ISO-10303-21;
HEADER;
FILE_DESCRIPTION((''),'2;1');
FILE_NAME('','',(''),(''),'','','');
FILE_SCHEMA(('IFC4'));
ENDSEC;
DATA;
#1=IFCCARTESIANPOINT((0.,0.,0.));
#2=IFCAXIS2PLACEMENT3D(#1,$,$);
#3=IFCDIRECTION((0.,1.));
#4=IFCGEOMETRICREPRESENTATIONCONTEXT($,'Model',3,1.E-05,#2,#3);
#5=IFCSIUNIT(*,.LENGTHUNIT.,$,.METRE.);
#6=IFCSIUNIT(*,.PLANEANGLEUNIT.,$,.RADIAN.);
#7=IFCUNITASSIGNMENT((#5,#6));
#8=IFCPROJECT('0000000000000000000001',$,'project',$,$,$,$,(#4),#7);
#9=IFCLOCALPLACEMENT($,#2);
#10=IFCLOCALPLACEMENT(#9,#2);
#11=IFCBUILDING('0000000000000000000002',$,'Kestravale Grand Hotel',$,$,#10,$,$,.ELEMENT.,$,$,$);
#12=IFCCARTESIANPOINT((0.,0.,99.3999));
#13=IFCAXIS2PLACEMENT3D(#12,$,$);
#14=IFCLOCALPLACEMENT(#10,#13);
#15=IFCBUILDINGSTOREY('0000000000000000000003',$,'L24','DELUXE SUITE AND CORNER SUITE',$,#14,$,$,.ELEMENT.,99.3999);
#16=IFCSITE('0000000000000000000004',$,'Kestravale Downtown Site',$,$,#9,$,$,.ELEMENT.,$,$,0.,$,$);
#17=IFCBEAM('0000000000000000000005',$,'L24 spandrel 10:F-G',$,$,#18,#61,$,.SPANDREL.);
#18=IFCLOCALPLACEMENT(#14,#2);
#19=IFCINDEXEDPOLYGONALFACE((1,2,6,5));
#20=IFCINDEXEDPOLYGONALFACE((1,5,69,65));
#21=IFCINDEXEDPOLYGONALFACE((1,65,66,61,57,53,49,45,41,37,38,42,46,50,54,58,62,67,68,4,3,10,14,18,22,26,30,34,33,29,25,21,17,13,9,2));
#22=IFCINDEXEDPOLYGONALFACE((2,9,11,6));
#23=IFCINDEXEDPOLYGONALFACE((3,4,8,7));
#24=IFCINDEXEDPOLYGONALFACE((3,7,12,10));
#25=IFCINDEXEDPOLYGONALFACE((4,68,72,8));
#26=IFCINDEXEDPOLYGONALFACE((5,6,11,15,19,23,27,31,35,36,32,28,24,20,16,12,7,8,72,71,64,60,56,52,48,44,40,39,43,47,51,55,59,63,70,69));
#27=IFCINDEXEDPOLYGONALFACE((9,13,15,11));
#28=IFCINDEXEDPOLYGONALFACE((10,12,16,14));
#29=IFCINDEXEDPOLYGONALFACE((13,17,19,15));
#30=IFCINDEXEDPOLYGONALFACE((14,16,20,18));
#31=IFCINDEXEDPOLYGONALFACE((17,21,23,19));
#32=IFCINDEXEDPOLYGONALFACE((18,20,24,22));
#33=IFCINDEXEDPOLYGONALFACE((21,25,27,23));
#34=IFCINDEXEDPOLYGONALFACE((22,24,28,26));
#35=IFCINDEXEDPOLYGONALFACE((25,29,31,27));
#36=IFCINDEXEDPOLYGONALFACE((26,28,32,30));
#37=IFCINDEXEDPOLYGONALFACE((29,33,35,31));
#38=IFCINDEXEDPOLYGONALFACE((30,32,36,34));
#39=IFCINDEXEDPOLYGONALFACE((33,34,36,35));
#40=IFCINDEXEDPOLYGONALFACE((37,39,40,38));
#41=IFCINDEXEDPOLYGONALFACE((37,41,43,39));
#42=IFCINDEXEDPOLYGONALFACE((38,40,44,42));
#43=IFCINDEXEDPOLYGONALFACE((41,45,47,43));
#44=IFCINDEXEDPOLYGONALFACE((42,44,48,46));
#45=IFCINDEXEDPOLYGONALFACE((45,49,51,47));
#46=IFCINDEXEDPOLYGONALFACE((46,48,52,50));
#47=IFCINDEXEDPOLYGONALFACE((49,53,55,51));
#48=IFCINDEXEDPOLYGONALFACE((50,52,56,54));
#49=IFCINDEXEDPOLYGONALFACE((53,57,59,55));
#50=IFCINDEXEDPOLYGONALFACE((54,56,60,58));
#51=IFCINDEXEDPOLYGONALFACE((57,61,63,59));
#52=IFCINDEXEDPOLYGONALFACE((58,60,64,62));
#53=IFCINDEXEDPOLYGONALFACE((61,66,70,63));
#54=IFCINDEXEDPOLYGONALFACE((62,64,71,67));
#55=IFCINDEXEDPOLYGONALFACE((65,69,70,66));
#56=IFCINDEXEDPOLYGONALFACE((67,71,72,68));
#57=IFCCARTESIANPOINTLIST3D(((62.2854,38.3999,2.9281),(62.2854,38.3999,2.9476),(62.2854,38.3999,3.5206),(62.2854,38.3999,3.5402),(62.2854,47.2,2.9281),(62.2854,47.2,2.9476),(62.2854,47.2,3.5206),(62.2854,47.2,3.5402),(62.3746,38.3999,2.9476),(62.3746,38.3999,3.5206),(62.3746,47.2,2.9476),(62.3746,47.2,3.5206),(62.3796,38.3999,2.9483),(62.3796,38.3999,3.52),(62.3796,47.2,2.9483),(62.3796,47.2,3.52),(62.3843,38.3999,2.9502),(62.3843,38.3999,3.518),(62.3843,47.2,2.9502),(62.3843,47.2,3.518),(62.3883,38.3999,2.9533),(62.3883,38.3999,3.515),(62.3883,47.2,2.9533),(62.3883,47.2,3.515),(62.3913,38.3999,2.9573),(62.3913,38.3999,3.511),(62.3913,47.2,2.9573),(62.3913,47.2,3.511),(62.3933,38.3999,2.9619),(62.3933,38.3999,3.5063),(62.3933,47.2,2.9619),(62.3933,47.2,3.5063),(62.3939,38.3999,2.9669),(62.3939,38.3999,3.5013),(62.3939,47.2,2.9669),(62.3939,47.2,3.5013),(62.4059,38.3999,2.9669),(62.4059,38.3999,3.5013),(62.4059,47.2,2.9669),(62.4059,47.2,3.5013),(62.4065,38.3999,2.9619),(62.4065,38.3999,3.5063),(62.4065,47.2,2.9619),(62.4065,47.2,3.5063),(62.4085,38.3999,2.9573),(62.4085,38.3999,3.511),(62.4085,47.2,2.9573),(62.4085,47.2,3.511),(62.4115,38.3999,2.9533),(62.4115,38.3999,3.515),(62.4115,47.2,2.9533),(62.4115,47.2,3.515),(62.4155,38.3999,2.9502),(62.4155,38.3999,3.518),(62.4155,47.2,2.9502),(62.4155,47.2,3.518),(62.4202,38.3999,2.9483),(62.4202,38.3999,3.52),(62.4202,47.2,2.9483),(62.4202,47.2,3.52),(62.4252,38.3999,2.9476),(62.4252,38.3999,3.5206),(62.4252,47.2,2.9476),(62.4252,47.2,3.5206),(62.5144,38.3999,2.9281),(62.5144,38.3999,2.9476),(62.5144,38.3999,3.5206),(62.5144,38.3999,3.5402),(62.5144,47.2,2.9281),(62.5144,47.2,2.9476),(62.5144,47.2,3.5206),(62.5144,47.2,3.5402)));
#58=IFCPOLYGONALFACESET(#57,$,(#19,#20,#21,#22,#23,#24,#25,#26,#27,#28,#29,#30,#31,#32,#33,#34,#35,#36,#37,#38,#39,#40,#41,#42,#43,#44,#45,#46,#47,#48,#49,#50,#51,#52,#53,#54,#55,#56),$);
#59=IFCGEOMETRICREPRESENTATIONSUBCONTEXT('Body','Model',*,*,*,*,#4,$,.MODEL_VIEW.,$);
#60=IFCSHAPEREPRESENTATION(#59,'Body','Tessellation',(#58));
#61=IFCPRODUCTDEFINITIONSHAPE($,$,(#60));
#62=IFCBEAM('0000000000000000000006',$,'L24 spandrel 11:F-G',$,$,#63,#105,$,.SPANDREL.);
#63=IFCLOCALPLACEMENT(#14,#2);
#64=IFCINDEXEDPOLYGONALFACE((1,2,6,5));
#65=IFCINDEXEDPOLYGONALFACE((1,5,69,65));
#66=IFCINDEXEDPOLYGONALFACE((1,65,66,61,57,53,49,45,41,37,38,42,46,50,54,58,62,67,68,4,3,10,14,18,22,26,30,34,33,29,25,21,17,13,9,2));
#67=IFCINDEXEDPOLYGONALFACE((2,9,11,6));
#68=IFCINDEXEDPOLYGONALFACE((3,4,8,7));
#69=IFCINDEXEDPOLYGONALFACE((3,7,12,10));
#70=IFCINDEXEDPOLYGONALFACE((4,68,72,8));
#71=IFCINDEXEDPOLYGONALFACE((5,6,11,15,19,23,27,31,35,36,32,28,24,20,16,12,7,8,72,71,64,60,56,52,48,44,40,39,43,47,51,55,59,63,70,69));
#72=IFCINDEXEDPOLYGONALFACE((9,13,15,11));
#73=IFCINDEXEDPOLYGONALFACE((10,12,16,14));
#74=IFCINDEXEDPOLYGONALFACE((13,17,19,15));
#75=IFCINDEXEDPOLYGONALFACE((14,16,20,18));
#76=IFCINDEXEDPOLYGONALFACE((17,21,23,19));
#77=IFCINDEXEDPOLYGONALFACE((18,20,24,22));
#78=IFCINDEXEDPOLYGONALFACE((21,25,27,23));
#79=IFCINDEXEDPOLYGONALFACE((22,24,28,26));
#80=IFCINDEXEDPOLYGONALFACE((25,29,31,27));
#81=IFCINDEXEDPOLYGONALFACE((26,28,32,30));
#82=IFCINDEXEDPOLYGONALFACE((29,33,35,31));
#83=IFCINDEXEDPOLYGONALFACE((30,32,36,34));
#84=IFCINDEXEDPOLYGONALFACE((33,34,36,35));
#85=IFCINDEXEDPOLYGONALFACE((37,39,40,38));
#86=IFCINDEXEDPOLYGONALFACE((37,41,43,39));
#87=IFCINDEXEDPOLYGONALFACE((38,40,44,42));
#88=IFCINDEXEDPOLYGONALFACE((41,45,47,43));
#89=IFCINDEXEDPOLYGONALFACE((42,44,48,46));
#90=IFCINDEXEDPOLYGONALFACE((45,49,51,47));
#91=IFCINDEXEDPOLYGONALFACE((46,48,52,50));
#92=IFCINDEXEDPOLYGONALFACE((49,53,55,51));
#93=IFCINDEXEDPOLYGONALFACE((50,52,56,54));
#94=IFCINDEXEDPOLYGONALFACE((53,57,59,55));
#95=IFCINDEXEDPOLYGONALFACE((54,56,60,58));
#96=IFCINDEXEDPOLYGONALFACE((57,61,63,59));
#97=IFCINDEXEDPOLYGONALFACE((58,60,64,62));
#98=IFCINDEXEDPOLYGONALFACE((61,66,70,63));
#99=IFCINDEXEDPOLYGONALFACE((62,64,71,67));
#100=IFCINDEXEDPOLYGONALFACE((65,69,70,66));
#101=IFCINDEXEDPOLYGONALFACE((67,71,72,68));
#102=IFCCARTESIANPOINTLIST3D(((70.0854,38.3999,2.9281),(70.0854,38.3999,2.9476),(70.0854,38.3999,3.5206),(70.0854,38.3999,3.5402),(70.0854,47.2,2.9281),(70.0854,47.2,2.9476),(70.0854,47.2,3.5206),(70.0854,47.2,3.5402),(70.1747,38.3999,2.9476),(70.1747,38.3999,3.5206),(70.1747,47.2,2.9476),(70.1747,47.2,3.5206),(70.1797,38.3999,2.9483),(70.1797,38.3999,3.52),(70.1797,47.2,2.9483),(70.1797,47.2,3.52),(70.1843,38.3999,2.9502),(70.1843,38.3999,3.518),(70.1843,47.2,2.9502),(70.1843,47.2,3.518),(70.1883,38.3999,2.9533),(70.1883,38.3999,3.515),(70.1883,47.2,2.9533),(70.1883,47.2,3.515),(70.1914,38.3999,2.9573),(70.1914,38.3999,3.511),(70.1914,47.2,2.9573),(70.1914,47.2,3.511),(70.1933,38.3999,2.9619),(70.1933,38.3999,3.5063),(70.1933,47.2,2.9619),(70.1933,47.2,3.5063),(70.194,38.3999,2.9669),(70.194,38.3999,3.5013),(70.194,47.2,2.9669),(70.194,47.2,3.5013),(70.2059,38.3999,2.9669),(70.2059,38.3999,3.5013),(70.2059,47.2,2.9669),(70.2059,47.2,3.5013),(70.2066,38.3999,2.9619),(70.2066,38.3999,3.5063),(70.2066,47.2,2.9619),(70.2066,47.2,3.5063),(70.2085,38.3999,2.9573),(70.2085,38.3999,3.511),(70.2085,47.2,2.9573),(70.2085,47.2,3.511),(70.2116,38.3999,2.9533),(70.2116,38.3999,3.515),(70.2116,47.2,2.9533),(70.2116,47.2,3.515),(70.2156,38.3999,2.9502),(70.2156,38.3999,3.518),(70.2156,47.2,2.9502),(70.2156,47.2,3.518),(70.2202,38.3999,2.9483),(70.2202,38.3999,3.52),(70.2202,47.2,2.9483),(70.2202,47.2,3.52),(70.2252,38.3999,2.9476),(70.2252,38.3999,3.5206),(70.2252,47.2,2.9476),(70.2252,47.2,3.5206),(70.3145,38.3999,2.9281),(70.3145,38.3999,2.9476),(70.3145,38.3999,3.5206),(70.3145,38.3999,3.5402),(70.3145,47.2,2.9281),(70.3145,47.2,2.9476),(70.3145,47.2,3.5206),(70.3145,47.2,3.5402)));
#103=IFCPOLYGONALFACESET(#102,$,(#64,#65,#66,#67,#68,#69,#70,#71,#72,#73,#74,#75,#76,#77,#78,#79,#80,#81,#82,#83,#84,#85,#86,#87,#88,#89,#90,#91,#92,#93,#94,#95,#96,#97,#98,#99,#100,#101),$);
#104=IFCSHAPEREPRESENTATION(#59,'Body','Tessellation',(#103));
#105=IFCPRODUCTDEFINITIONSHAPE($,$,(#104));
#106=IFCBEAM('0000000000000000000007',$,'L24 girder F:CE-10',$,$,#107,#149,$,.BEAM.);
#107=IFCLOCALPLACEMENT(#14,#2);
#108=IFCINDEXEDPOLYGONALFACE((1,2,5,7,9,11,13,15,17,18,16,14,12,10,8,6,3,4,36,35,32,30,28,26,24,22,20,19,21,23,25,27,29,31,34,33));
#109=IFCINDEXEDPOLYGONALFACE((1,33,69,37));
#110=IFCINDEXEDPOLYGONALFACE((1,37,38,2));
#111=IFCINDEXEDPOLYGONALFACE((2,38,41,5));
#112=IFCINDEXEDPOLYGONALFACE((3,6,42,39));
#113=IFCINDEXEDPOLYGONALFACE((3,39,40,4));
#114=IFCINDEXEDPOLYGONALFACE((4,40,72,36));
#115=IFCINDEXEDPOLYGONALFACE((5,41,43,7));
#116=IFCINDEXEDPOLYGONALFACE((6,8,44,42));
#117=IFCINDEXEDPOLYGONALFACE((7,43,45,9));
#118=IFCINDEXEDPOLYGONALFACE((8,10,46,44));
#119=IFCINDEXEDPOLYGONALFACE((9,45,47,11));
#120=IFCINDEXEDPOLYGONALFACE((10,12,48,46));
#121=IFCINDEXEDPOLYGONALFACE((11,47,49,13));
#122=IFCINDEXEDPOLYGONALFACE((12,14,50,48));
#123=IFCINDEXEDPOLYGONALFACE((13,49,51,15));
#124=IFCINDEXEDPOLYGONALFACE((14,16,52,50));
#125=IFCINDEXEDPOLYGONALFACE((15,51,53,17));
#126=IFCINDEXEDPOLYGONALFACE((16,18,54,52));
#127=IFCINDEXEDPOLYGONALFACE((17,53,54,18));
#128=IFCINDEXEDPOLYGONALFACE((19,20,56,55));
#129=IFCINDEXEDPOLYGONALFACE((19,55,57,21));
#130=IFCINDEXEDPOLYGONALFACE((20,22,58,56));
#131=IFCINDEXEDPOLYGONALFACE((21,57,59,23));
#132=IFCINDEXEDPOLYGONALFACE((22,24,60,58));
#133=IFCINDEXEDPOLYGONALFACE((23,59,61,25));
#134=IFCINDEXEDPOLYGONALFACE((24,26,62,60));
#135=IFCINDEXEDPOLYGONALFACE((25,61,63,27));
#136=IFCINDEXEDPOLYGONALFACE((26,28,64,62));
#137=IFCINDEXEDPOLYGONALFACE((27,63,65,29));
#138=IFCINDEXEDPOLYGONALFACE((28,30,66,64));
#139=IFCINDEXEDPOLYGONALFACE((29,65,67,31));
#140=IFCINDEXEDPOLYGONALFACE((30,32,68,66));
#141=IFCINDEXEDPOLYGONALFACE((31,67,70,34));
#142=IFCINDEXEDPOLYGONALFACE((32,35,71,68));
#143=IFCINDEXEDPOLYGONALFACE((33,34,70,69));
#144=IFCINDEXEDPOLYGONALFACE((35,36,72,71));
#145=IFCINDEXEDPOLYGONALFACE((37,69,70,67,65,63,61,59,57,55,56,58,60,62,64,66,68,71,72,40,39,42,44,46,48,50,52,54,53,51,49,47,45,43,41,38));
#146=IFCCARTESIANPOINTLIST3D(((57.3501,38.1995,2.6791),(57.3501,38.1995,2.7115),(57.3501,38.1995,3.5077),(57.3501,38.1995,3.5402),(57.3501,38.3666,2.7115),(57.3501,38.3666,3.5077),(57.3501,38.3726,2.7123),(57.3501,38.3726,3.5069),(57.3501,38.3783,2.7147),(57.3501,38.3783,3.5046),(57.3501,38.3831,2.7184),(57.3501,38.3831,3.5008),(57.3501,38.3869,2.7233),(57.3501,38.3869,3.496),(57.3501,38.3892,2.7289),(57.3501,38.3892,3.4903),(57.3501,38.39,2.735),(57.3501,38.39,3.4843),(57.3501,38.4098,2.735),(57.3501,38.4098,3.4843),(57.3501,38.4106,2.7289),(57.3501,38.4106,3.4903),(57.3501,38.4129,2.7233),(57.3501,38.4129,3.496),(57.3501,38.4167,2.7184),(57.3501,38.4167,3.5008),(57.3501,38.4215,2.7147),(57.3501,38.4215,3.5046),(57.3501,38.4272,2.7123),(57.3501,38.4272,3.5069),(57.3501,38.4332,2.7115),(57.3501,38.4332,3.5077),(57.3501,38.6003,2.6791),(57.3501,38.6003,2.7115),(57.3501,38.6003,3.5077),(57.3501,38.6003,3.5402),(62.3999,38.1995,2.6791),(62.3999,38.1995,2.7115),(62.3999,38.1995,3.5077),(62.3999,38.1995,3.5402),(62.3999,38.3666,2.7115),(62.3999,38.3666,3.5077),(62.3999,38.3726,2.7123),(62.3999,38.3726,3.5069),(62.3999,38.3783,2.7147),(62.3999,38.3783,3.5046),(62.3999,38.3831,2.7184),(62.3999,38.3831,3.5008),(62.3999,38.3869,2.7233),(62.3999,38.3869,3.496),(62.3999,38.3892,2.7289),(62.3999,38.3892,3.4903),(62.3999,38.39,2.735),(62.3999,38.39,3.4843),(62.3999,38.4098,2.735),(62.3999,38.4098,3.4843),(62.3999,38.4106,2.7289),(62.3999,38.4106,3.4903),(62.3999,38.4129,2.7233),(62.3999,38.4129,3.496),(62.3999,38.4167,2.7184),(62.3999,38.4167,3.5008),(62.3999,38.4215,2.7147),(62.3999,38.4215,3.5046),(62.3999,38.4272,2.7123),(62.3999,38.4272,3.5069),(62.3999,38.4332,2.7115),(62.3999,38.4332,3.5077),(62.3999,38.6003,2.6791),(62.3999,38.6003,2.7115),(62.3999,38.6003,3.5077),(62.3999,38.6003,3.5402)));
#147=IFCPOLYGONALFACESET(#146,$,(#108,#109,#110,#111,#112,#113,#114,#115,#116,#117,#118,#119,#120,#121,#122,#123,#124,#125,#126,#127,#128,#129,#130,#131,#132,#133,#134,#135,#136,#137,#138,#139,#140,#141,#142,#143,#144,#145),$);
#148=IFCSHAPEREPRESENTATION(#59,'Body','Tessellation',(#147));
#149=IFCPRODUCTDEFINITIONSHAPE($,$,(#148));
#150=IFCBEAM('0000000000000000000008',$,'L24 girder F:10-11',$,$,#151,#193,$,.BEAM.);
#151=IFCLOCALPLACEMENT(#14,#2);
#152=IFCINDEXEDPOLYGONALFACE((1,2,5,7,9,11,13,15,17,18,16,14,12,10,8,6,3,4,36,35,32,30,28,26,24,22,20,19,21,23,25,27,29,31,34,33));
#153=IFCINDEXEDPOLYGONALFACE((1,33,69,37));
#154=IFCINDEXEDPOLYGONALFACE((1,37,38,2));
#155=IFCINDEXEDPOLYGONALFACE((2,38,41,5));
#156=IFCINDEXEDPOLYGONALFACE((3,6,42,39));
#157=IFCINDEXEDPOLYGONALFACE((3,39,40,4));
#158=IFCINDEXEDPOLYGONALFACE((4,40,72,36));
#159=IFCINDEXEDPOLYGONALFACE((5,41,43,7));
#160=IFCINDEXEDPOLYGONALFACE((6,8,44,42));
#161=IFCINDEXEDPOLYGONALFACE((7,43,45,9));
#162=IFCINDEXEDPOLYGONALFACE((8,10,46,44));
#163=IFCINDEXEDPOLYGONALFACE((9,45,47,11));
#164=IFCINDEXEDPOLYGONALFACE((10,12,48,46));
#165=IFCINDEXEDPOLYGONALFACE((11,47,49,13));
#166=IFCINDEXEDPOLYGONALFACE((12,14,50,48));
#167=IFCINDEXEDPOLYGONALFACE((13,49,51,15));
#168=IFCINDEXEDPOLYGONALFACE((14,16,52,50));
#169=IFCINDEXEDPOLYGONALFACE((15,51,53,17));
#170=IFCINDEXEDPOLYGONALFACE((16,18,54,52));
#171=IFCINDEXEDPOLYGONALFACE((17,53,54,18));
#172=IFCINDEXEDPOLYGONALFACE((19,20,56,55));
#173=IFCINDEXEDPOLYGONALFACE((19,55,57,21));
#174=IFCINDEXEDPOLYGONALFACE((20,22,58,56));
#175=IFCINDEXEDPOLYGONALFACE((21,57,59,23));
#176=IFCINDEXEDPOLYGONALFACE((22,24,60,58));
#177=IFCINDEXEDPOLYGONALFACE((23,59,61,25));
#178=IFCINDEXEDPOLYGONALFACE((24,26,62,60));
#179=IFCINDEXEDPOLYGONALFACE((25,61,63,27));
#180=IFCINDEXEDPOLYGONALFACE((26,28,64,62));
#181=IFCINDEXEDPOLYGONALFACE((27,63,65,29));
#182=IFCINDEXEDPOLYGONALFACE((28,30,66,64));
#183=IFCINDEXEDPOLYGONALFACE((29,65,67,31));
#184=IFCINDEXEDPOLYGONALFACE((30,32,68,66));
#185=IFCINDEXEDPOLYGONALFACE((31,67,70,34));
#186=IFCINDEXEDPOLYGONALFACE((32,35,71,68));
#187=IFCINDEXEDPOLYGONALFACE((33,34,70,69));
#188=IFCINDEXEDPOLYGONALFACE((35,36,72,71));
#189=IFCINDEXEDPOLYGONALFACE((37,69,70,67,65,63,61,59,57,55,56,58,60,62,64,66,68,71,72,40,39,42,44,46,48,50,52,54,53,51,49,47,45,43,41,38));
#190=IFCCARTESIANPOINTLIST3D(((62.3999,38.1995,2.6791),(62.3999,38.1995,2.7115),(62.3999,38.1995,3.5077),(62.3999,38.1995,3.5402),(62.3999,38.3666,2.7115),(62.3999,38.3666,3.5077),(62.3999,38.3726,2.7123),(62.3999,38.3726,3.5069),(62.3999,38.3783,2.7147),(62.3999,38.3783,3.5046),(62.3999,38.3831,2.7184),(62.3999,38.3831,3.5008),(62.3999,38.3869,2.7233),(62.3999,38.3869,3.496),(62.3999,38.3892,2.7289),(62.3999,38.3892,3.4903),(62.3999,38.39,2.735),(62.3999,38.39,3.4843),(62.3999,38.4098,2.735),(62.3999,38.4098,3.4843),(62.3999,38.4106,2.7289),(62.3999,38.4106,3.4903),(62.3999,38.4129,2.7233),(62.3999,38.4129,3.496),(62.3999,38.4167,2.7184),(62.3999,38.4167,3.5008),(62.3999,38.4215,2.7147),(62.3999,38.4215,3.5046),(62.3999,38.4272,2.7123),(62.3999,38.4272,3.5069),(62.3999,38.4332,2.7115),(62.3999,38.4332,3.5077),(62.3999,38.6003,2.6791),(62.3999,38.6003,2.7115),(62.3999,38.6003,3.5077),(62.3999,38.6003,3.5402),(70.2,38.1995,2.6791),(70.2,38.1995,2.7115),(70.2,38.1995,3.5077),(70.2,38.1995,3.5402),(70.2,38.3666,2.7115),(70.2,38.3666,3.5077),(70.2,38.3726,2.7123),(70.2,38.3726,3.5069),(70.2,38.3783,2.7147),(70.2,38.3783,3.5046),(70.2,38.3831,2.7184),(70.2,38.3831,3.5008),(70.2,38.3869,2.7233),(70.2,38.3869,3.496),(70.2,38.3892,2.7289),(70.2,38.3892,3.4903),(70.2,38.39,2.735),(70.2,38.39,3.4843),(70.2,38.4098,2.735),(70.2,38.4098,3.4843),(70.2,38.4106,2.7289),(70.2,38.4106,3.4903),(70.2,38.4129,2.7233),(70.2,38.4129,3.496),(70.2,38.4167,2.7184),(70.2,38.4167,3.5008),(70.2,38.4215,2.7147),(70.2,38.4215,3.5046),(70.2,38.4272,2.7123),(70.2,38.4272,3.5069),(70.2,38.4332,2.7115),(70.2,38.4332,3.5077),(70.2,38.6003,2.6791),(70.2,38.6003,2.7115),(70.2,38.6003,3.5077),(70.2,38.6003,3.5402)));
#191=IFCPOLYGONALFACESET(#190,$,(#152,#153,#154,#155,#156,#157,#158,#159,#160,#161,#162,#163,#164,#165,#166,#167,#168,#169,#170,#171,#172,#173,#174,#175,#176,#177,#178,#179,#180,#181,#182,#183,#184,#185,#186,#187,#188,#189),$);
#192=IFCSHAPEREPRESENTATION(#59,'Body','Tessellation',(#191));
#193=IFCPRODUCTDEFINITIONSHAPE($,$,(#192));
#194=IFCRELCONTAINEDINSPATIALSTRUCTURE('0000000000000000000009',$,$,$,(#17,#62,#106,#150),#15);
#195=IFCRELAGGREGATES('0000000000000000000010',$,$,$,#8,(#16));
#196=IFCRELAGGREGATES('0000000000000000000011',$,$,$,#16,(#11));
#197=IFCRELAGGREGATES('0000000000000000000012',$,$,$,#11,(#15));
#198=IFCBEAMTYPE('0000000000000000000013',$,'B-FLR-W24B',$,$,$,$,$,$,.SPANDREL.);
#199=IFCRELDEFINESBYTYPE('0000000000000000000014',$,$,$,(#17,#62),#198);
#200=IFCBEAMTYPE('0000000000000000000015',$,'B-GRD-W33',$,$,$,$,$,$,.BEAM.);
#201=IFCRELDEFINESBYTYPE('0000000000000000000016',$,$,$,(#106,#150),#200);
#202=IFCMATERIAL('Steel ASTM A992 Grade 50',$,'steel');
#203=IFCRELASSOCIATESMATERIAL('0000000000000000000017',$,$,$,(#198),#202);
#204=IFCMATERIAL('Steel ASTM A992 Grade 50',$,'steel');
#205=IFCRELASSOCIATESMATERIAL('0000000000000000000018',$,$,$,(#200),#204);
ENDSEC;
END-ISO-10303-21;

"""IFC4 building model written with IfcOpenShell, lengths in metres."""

from ifc_helpers import new_model, si_unit, direction, frame, origin, origin_2d, place, context, subcontext, project, spatial, i_section, extrude, material, material_profile, profile_set, type_object, element, save


model = new_model("IFC4")

# Units and contexts
model_context = context("Model", 3, precision=1e-05, world=origin(), true_north=direction((0.0, 1.0)))
body_context = subcontext(model_context, "Body", "Model", "MODEL_VIEW")
ifc_project = project(units=[si_unit("LENGTHUNIT", "METRE"), si_unit("PLANEANGLEUNIT", "RADIAN")], contexts=[model_context])

# Site, building, storey
site_placement = place(None, origin())
site = spatial("IfcSite", under=ifc_project, at=site_placement, Name="Kestravale Downtown Site", CompositionType="ELEMENT", RefElevation=0.0)
building_placement = place(site_placement, origin())
building = spatial("IfcBuilding", under=site, at=building_placement, Name="Kestravale Grand Hotel", CompositionType="ELEMENT")
storey_placement = place(building_placement, frame((0.0, 0.0, 99.3999)))
storey = spatial("IfcBuildingStorey", under=building, at=storey_placement, Name="L24", Description="DELUXE SUITE AND CORNER SUITE", CompositionType="ELEMENT", Elevation=99.3999)

# Beams
ifc_material_1 = material(Name="Steel ASTM A992 Grade 50", Category="steel")
ifc_material_profile_1 = material_profile(ifc_material_1, i_section(OverallWidth=0.229, OverallDepth=0.6121, WebThickness=0.012, FlangeThickness=0.0195, FilletRadius=0.0193, at=origin_2d()))
ifc_profile_set_1 = profile_set([ifc_material_profile_1], Name="Steel ASTM A992 Grade 50")
beam_type_1 = type_object("IfcBeamType", Name="B-FLR-W24B", PredefinedType="SPANDREL", material=ifc_profile_set_1)
for number, where, z_axis, x_axis, name in (
    (1, (62.3999, 38.3999, 3.2341), (0.0, 1.0, 0.0), (-1.0, 0.0, 0.0), "L24 spandrel 10:F-G"),
    (2, (70.2, 38.3999, 3.2341), (0.0, 1.0, 0.0), (-1.0, 0.0, 0.0), "L24 spandrel 11:F-G"),
):
    element("IfcBeam", number, at=place(storey_placement, frame(where, z_axis=z_axis, x_axis=x_axis)), inside=storey, type_object=beam_type_1, Name=name, PredefinedType="SPANDREL", context=body_context, shape_type="SweptSolid", body=[
        extrude(i_section(OverallWidth=0.229, OverallDepth=0.6121, WebThickness=0.012, FlangeThickness=0.0195, FilletRadius=0.0193, at=origin_2d()), origin(), (0.0, 0.0, 1.0), 8.8),
    ])
ifc_material_2 = material(Name="Steel ASTM A992 Grade 50", Category="steel")
ifc_material_profile_2 = material_profile(ifc_material_2, i_section(OverallWidth=0.4009, OverallDepth=0.8611, WebThickness=0.0198, FlangeThickness=0.0325, FilletRadius=0.0234, at=origin_2d()))
ifc_profile_set_2 = profile_set([ifc_material_profile_2], Name="Steel ASTM A992 Grade 50")
beam_type_2 = type_object("IfcBeamType", Name="B-GRD-W33", PredefinedType="BEAM", material=ifc_profile_set_2)
beam_1_placement = place(storey_placement, frame((57.3501, 38.3999, 3.1096), z_axis=(1.0, 0.0, 0.0), x_axis=(0.0, 1.0, 0.0)))
element("IfcBeam", 3, at=beam_1_placement, inside=storey, type_object=beam_type_2, Name="L24 girder F:CE-10", PredefinedType="BEAM", context=body_context, shape_type="SweptSolid", body=[
    extrude(i_section(OverallWidth=0.4009, OverallDepth=0.8611, WebThickness=0.0198, FlangeThickness=0.0325, FilletRadius=0.0234, at=origin_2d()), origin(), (0.0, 0.0, 1.0), 5.0498),
])
beam_2_placement = place(storey_placement, frame((62.3999, 38.3999, 3.1096), z_axis=(1.0, 0.0, 0.0), x_axis=(0.0, 1.0, 0.0)))
element("IfcBeam", 4, at=beam_2_placement, inside=storey, type_object=beam_type_2, Name="L24 girder F:10-11", PredefinedType="BEAM", context=body_context, shape_type="SweptSolid", body=[
    extrude(i_section(OverallWidth=0.4009, OverallDepth=0.8611, WebThickness=0.0198, FlangeThickness=0.0325, FilletRadius=0.0234, at=origin_2d()), origin(), (0.0, 0.0, 1.0), 7.8),
])

save(model, "model.ifc")
